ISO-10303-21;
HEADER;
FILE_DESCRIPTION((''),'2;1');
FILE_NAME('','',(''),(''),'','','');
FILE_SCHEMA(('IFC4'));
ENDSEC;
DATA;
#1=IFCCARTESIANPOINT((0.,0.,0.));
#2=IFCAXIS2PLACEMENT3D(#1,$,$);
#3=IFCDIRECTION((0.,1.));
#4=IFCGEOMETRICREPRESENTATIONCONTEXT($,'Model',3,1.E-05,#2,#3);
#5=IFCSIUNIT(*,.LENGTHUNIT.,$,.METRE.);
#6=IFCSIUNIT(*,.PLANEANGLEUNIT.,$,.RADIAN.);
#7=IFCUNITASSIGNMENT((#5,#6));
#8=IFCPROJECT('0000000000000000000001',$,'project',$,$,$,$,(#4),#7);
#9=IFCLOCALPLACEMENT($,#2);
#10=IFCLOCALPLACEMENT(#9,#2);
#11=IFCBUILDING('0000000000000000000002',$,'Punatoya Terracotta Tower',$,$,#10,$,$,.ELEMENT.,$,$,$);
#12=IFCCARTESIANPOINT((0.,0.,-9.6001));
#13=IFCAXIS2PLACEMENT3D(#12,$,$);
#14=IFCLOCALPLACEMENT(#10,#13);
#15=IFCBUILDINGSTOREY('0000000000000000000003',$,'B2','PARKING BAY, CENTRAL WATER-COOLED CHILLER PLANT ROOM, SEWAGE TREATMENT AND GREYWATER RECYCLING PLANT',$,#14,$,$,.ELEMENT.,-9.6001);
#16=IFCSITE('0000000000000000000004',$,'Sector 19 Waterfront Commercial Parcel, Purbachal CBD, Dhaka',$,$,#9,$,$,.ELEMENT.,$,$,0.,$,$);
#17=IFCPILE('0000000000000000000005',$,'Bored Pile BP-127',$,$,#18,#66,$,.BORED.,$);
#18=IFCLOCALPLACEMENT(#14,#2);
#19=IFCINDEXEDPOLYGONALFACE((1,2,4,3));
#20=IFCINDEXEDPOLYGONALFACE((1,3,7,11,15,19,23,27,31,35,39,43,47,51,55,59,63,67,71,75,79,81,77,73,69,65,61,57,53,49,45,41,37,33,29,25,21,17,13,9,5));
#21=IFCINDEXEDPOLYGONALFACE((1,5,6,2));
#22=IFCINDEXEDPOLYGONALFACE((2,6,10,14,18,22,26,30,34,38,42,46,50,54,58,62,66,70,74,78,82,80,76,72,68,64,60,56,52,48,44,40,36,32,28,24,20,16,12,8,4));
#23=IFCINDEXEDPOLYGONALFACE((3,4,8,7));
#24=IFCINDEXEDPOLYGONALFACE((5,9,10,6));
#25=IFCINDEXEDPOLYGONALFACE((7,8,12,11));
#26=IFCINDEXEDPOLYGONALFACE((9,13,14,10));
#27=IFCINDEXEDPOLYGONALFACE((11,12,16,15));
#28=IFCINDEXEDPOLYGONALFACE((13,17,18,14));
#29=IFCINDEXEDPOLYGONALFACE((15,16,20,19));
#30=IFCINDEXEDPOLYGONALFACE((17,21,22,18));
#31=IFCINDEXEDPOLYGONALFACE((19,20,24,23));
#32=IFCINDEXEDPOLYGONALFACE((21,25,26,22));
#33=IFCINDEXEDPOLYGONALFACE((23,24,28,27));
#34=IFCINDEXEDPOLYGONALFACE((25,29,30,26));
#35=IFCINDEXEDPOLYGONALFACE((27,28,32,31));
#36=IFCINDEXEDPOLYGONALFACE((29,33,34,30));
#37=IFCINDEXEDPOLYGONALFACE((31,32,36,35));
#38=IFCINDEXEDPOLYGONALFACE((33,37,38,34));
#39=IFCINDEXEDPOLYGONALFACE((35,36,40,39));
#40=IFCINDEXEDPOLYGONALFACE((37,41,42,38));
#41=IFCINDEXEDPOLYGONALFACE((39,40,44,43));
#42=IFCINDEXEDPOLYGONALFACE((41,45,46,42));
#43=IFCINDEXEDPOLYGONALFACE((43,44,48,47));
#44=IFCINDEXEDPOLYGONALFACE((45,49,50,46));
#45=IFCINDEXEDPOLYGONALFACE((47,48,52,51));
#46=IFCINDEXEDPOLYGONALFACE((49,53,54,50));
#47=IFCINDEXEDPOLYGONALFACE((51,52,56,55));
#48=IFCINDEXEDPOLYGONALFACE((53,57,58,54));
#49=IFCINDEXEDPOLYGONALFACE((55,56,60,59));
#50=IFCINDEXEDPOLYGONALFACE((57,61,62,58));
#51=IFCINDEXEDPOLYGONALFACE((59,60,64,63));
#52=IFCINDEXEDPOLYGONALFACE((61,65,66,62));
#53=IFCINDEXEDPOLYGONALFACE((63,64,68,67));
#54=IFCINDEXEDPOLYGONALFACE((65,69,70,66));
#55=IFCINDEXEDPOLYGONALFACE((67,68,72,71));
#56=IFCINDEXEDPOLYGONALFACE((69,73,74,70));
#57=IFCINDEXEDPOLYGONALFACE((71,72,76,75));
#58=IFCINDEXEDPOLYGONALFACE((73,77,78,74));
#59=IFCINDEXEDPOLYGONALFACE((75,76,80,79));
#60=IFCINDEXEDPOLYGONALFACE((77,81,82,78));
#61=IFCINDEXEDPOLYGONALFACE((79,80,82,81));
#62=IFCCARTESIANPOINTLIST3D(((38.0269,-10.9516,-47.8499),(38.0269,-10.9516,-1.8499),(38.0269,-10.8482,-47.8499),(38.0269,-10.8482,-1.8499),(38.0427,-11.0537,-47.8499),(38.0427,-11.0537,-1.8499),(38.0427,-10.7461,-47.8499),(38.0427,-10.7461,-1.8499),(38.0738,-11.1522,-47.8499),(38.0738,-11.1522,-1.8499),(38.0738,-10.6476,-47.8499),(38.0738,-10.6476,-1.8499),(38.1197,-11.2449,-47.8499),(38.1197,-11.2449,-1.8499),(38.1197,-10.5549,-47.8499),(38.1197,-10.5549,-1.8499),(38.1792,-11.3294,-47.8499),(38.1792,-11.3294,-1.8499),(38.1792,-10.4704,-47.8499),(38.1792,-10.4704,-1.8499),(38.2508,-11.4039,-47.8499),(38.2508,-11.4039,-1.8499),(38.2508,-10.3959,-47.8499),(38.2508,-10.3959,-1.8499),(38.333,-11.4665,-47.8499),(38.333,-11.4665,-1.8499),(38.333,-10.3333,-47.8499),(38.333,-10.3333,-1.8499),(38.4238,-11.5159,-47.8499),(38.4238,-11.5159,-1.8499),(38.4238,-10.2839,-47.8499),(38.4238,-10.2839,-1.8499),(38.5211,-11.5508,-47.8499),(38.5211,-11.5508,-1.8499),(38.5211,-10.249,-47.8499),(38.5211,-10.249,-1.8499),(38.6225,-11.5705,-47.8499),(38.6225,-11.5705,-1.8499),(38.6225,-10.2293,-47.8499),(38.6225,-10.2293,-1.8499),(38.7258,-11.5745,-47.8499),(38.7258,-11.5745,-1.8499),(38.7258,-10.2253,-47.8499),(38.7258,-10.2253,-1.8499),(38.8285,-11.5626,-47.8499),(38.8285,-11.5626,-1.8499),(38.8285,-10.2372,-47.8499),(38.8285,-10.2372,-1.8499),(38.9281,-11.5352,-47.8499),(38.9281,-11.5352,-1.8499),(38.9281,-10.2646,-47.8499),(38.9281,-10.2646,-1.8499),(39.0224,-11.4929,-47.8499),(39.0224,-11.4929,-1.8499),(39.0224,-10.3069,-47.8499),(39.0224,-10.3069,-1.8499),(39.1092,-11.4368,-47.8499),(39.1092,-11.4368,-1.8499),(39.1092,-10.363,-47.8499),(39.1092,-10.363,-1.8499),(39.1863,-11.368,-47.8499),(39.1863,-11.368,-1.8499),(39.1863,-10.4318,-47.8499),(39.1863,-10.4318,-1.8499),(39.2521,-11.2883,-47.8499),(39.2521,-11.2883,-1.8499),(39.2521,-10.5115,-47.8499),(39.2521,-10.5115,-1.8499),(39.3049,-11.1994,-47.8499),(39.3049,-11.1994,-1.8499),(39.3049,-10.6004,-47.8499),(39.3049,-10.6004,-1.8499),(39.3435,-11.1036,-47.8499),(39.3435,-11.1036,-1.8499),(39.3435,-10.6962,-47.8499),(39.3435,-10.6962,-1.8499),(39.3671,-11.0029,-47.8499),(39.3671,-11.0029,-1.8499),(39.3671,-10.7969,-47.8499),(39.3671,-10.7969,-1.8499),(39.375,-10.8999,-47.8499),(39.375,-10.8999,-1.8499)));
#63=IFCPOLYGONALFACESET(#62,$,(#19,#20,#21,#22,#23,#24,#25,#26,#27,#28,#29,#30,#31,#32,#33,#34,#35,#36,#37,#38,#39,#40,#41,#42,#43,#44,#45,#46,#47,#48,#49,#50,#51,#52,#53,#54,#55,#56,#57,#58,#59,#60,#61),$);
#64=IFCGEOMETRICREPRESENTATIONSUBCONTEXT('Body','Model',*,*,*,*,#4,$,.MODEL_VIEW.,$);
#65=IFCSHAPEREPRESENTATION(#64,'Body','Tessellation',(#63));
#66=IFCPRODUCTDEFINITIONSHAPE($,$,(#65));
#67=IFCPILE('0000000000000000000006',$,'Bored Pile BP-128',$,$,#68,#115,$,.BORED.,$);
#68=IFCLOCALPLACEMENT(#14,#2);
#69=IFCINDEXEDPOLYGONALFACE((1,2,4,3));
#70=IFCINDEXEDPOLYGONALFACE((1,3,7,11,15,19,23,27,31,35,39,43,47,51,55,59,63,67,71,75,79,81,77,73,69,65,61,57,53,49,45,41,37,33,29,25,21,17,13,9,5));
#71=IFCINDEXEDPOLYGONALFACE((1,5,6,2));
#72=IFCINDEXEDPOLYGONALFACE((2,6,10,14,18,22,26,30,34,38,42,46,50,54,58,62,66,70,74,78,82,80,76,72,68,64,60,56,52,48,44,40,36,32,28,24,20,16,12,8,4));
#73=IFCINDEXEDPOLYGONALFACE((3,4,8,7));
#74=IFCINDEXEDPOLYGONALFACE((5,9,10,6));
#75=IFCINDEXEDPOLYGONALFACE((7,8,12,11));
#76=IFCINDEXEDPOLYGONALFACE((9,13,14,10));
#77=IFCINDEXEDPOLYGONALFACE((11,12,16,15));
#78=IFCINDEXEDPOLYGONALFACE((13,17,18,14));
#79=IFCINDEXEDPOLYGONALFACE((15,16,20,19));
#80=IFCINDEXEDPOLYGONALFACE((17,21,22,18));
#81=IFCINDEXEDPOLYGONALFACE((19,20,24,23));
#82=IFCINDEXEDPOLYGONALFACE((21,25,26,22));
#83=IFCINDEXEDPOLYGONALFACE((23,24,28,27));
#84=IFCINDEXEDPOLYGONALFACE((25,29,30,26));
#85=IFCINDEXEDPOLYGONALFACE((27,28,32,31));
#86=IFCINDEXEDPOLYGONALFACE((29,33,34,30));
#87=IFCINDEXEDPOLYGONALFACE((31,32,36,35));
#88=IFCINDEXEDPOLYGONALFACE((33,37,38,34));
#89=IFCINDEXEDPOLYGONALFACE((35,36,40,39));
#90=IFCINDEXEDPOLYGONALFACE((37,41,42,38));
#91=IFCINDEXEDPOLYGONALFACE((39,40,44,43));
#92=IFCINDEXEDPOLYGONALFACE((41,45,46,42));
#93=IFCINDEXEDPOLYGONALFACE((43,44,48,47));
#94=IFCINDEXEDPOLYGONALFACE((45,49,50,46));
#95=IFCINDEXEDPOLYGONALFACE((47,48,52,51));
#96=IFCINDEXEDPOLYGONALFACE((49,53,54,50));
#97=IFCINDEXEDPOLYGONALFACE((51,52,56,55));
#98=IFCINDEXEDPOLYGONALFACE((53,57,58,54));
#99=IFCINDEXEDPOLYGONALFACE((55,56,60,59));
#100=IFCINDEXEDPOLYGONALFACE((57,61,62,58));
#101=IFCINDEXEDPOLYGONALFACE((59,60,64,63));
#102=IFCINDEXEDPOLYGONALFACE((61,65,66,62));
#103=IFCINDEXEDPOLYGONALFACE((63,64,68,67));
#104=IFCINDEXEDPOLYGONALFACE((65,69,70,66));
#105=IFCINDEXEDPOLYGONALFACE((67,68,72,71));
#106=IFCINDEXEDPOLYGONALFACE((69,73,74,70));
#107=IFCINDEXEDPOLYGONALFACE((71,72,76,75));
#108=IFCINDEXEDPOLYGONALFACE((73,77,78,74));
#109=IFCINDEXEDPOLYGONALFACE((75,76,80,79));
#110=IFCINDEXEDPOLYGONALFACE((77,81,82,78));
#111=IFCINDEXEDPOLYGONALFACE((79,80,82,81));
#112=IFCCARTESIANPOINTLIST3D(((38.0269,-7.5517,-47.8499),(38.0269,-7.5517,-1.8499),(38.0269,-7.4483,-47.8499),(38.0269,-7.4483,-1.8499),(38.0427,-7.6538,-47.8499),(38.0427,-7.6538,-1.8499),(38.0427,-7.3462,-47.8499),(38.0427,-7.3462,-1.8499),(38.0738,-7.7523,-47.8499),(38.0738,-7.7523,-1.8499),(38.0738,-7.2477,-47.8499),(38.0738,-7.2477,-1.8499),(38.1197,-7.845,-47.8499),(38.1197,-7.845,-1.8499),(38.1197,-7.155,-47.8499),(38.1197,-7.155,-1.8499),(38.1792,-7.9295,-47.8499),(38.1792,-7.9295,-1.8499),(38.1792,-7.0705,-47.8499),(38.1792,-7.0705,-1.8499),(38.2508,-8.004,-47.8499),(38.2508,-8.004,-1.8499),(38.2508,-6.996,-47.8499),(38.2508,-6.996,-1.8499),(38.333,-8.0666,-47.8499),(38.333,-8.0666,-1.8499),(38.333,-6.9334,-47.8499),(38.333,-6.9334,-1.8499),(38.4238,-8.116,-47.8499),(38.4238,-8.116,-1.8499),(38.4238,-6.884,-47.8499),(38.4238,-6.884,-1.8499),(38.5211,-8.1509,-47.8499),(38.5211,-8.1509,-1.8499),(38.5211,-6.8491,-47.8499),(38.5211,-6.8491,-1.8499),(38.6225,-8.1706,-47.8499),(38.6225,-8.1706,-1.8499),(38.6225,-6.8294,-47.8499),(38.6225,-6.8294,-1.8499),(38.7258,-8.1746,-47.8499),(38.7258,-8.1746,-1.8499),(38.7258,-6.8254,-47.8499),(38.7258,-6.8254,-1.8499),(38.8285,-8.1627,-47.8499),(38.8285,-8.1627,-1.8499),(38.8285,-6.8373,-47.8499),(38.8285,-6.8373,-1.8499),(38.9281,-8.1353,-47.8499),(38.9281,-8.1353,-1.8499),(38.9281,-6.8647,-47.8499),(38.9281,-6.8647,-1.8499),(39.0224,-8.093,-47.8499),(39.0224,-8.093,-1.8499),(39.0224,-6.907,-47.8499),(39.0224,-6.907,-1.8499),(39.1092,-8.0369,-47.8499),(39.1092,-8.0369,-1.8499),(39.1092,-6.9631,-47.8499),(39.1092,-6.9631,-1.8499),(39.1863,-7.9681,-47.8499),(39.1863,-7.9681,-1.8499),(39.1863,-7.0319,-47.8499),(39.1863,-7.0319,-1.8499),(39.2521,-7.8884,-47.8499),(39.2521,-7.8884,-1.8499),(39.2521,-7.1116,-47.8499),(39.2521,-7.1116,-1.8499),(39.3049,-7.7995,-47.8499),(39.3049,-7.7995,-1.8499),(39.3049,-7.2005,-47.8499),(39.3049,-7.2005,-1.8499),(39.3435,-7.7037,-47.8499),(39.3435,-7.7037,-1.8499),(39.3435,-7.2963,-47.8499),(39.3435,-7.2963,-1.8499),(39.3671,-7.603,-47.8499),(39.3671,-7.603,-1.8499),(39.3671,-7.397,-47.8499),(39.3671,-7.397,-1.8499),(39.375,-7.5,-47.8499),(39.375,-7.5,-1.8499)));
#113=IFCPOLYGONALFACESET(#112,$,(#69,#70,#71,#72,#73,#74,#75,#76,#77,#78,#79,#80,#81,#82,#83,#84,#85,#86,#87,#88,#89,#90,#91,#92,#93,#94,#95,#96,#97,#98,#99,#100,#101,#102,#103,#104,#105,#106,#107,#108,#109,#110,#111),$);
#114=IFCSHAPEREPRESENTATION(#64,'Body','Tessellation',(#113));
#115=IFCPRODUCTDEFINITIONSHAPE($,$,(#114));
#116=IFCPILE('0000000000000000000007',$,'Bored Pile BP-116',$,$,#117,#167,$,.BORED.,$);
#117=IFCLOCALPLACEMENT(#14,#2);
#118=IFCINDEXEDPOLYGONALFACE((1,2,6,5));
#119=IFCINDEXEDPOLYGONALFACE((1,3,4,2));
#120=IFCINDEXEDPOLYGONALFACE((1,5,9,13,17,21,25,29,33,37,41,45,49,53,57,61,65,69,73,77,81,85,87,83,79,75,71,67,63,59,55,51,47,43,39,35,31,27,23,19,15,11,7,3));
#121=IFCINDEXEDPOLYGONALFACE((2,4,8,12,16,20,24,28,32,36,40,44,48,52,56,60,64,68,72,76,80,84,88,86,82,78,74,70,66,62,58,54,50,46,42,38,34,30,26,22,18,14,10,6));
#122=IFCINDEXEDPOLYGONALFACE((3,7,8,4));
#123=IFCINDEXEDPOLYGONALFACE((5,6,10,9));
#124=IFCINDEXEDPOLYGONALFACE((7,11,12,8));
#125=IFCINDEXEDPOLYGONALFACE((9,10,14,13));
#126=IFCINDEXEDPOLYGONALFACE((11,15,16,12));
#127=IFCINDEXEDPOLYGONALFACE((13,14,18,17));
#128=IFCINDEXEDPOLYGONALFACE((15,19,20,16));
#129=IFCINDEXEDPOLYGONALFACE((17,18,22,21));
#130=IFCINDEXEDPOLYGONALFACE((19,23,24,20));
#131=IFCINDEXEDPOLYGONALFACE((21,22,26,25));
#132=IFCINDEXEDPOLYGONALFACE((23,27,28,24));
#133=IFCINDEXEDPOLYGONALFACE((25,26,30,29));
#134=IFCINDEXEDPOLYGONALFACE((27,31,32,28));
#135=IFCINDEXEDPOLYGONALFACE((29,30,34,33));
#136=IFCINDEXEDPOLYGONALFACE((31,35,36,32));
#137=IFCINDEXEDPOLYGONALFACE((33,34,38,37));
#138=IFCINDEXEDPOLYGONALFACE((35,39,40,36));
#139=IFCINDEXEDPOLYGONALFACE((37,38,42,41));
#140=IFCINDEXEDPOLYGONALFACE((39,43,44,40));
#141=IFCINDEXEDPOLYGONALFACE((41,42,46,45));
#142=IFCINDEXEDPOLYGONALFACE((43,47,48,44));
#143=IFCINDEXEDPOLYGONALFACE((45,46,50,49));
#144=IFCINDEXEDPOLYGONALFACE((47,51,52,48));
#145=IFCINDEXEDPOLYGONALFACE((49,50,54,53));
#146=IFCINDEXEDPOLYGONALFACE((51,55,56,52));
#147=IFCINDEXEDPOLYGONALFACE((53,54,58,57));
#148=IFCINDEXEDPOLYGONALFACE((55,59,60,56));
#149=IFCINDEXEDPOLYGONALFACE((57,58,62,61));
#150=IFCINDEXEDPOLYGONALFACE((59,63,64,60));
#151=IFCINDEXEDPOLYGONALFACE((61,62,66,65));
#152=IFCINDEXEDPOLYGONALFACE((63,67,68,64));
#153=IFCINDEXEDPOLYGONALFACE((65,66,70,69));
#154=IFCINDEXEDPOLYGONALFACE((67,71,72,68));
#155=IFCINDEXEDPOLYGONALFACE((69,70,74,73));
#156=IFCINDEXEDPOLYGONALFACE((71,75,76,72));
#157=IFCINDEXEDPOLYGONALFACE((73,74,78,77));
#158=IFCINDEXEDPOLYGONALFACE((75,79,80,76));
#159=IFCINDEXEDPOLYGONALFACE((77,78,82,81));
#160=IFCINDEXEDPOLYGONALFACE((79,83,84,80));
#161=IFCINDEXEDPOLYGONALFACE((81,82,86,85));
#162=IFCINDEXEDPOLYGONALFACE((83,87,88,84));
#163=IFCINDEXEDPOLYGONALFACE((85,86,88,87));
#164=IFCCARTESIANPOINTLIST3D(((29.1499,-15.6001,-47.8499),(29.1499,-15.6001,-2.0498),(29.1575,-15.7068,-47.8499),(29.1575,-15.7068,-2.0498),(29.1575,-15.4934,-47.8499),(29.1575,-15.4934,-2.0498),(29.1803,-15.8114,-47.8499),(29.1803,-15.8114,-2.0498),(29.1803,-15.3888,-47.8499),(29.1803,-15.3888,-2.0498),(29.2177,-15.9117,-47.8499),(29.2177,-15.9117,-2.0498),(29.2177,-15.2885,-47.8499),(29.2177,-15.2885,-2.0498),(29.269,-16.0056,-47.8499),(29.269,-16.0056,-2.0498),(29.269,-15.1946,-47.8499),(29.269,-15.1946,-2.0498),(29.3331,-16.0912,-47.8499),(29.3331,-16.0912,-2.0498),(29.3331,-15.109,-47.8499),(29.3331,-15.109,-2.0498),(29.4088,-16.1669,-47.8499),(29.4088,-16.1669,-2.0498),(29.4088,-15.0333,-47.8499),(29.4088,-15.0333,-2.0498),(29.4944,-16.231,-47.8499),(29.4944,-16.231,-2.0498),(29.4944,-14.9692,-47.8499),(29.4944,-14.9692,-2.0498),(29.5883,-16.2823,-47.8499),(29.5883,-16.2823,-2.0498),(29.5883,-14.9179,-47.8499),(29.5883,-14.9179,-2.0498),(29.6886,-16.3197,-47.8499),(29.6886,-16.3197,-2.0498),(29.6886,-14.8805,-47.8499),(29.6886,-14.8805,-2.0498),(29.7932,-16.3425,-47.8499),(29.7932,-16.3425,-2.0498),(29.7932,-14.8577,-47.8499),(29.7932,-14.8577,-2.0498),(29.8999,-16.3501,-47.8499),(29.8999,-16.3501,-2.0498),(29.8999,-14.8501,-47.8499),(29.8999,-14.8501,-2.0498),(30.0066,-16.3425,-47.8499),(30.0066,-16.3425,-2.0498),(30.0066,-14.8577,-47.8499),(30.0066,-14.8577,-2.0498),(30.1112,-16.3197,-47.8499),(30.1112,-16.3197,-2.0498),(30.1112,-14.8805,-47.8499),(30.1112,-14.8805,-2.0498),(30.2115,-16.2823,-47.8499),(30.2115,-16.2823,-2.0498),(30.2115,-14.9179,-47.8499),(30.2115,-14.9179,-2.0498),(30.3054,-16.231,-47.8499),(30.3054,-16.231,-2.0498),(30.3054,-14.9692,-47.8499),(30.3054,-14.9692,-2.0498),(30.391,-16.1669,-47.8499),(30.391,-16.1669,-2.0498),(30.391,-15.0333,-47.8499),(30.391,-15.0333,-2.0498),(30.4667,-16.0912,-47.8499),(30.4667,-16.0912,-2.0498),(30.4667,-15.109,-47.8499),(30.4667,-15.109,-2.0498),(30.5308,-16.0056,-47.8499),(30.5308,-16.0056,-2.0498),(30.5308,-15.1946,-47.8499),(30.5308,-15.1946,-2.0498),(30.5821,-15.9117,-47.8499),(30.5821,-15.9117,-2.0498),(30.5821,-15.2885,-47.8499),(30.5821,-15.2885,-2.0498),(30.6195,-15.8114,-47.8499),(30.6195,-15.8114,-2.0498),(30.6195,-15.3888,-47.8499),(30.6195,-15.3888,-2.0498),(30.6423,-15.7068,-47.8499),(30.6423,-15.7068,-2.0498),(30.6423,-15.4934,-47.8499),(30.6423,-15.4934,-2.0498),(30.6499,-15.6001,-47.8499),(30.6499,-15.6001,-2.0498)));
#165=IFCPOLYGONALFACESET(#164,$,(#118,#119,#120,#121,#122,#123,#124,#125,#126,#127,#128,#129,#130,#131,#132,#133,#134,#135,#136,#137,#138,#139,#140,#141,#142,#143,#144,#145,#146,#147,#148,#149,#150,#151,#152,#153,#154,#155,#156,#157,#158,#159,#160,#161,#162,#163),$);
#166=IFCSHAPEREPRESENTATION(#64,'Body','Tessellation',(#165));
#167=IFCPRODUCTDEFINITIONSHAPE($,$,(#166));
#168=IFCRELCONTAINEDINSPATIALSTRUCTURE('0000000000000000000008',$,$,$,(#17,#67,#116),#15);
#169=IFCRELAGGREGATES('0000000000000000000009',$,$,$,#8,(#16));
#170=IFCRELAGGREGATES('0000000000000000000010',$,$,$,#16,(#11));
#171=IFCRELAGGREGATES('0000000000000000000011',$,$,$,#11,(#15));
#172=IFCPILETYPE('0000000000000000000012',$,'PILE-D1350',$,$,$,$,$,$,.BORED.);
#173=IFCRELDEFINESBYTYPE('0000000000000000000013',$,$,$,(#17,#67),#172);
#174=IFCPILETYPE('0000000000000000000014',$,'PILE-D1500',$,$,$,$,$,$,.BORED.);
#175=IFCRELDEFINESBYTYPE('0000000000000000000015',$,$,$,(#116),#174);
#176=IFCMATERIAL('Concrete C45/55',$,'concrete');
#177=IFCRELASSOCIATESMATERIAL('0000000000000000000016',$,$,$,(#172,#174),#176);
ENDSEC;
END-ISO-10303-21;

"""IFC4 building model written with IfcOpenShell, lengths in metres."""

from ifc_helpers import new_model, si_unit, direction, frame, origin, origin_2d, place, context, subcontext, project, spatial, circle, extrude, material, material_profile, profile_set, type_object, element, save


model = new_model("IFC4")

# Units and contexts
model_context = context("Model", 3, precision=1e-05, world=origin(), true_north=direction((0.0, 1.0)))
body_context = subcontext(model_context, "Body", "Model", "MODEL_VIEW")
ifc_project = project(units=[si_unit("LENGTHUNIT", "METRE"), si_unit("PLANEANGLEUNIT", "RADIAN")], contexts=[model_context])

# Site, building, storey
site_placement = place(None, origin())
site = spatial("IfcSite", under=ifc_project, at=site_placement, Name="Sector 19 Waterfront Commercial Parcel, Purbachal CBD, Dhaka", CompositionType="ELEMENT", RefElevation=0.0)
building_placement = place(site_placement, origin())
building = spatial("IfcBuilding", under=site, at=building_placement, Name="Punatoya Terracotta Tower", CompositionType="ELEMENT")
storey_placement = place(building_placement, frame((0.0, 0.0, -9.6001)))
storey = spatial("IfcBuildingStorey", under=building, at=storey_placement, Name="B2", Description="PARKING BAY, CENTRAL WATER-COOLED CHILLER PLANT ROOM, SEWAGE TREATMENT AND GREYWATER RECYCLING PLANT", CompositionType="ELEMENT", Elevation=-9.6001)

# Shared definitions
ifc_material_1 = material(Name="Concrete C45/55", Category="concrete")

# Piles
ifc_material_profile_1 = material_profile(ifc_material_1, circle(Radius=0.675, at=origin_2d()))
ifc_profile_set_1 = profile_set([ifc_material_profile_1], Name="Concrete C45/55")
pile_type_1 = type_object("IfcPileType", Name="PILE-D1350", PredefinedType="BORED", material=ifc_profile_set_1)
for number, where, z_axis, x_axis, name in (
    (1, (38.7, -10.8999, -1.8499), (0.0, 0.0, -1.0), (1.0, 0.0, 0.0), "Bored Pile BP-127"),
    (2, (38.7, -7.5, -1.8499), (0.0, 0.0, -1.0), (1.0, 0.0, 0.0), "Bored Pile BP-128"),
):
    element("IfcPile", number, at=place(storey_placement, frame(where, z_axis=z_axis, x_axis=x_axis)), inside=storey, type_object=pile_type_1, Name=name, PredefinedType="BORED", context=body_context, shape_type="SweptSolid", body=[
        extrude(circle(Radius=0.675, at=origin_2d()), origin(), (0.0, 0.0, 1.0), 46.0),
    ])
ifc_material_profile_2 = material_profile(ifc_material_1, circle(Radius=0.75, at=origin_2d()))
ifc_profile_set_2 = profile_set([ifc_material_profile_2], Name="Concrete C45/55")
pile_type_2 = type_object("IfcPileType", Name="PILE-D1500", PredefinedType="BORED", material=ifc_profile_set_2)
for number, where, z_axis, x_axis, name in (
    (3, (29.8999, -15.6001, -2.0498), (0.0, 0.0, -1.0), (1.0, 0.0, 0.0), "Bored Pile BP-116"),
):
    element("IfcPile", number, at=place(storey_placement, frame(where, z_axis=z_axis, x_axis=x_axis)), inside=storey, type_object=pile_type_2, Name=name, PredefinedType="BORED", context=body_context, shape_type="SweptSolid", body=[
        extrude(circle(Radius=0.75, at=origin_2d()), origin(), (0.0, 0.0, 1.0), 45.8),
    ])

save(model, "model.ifc")
